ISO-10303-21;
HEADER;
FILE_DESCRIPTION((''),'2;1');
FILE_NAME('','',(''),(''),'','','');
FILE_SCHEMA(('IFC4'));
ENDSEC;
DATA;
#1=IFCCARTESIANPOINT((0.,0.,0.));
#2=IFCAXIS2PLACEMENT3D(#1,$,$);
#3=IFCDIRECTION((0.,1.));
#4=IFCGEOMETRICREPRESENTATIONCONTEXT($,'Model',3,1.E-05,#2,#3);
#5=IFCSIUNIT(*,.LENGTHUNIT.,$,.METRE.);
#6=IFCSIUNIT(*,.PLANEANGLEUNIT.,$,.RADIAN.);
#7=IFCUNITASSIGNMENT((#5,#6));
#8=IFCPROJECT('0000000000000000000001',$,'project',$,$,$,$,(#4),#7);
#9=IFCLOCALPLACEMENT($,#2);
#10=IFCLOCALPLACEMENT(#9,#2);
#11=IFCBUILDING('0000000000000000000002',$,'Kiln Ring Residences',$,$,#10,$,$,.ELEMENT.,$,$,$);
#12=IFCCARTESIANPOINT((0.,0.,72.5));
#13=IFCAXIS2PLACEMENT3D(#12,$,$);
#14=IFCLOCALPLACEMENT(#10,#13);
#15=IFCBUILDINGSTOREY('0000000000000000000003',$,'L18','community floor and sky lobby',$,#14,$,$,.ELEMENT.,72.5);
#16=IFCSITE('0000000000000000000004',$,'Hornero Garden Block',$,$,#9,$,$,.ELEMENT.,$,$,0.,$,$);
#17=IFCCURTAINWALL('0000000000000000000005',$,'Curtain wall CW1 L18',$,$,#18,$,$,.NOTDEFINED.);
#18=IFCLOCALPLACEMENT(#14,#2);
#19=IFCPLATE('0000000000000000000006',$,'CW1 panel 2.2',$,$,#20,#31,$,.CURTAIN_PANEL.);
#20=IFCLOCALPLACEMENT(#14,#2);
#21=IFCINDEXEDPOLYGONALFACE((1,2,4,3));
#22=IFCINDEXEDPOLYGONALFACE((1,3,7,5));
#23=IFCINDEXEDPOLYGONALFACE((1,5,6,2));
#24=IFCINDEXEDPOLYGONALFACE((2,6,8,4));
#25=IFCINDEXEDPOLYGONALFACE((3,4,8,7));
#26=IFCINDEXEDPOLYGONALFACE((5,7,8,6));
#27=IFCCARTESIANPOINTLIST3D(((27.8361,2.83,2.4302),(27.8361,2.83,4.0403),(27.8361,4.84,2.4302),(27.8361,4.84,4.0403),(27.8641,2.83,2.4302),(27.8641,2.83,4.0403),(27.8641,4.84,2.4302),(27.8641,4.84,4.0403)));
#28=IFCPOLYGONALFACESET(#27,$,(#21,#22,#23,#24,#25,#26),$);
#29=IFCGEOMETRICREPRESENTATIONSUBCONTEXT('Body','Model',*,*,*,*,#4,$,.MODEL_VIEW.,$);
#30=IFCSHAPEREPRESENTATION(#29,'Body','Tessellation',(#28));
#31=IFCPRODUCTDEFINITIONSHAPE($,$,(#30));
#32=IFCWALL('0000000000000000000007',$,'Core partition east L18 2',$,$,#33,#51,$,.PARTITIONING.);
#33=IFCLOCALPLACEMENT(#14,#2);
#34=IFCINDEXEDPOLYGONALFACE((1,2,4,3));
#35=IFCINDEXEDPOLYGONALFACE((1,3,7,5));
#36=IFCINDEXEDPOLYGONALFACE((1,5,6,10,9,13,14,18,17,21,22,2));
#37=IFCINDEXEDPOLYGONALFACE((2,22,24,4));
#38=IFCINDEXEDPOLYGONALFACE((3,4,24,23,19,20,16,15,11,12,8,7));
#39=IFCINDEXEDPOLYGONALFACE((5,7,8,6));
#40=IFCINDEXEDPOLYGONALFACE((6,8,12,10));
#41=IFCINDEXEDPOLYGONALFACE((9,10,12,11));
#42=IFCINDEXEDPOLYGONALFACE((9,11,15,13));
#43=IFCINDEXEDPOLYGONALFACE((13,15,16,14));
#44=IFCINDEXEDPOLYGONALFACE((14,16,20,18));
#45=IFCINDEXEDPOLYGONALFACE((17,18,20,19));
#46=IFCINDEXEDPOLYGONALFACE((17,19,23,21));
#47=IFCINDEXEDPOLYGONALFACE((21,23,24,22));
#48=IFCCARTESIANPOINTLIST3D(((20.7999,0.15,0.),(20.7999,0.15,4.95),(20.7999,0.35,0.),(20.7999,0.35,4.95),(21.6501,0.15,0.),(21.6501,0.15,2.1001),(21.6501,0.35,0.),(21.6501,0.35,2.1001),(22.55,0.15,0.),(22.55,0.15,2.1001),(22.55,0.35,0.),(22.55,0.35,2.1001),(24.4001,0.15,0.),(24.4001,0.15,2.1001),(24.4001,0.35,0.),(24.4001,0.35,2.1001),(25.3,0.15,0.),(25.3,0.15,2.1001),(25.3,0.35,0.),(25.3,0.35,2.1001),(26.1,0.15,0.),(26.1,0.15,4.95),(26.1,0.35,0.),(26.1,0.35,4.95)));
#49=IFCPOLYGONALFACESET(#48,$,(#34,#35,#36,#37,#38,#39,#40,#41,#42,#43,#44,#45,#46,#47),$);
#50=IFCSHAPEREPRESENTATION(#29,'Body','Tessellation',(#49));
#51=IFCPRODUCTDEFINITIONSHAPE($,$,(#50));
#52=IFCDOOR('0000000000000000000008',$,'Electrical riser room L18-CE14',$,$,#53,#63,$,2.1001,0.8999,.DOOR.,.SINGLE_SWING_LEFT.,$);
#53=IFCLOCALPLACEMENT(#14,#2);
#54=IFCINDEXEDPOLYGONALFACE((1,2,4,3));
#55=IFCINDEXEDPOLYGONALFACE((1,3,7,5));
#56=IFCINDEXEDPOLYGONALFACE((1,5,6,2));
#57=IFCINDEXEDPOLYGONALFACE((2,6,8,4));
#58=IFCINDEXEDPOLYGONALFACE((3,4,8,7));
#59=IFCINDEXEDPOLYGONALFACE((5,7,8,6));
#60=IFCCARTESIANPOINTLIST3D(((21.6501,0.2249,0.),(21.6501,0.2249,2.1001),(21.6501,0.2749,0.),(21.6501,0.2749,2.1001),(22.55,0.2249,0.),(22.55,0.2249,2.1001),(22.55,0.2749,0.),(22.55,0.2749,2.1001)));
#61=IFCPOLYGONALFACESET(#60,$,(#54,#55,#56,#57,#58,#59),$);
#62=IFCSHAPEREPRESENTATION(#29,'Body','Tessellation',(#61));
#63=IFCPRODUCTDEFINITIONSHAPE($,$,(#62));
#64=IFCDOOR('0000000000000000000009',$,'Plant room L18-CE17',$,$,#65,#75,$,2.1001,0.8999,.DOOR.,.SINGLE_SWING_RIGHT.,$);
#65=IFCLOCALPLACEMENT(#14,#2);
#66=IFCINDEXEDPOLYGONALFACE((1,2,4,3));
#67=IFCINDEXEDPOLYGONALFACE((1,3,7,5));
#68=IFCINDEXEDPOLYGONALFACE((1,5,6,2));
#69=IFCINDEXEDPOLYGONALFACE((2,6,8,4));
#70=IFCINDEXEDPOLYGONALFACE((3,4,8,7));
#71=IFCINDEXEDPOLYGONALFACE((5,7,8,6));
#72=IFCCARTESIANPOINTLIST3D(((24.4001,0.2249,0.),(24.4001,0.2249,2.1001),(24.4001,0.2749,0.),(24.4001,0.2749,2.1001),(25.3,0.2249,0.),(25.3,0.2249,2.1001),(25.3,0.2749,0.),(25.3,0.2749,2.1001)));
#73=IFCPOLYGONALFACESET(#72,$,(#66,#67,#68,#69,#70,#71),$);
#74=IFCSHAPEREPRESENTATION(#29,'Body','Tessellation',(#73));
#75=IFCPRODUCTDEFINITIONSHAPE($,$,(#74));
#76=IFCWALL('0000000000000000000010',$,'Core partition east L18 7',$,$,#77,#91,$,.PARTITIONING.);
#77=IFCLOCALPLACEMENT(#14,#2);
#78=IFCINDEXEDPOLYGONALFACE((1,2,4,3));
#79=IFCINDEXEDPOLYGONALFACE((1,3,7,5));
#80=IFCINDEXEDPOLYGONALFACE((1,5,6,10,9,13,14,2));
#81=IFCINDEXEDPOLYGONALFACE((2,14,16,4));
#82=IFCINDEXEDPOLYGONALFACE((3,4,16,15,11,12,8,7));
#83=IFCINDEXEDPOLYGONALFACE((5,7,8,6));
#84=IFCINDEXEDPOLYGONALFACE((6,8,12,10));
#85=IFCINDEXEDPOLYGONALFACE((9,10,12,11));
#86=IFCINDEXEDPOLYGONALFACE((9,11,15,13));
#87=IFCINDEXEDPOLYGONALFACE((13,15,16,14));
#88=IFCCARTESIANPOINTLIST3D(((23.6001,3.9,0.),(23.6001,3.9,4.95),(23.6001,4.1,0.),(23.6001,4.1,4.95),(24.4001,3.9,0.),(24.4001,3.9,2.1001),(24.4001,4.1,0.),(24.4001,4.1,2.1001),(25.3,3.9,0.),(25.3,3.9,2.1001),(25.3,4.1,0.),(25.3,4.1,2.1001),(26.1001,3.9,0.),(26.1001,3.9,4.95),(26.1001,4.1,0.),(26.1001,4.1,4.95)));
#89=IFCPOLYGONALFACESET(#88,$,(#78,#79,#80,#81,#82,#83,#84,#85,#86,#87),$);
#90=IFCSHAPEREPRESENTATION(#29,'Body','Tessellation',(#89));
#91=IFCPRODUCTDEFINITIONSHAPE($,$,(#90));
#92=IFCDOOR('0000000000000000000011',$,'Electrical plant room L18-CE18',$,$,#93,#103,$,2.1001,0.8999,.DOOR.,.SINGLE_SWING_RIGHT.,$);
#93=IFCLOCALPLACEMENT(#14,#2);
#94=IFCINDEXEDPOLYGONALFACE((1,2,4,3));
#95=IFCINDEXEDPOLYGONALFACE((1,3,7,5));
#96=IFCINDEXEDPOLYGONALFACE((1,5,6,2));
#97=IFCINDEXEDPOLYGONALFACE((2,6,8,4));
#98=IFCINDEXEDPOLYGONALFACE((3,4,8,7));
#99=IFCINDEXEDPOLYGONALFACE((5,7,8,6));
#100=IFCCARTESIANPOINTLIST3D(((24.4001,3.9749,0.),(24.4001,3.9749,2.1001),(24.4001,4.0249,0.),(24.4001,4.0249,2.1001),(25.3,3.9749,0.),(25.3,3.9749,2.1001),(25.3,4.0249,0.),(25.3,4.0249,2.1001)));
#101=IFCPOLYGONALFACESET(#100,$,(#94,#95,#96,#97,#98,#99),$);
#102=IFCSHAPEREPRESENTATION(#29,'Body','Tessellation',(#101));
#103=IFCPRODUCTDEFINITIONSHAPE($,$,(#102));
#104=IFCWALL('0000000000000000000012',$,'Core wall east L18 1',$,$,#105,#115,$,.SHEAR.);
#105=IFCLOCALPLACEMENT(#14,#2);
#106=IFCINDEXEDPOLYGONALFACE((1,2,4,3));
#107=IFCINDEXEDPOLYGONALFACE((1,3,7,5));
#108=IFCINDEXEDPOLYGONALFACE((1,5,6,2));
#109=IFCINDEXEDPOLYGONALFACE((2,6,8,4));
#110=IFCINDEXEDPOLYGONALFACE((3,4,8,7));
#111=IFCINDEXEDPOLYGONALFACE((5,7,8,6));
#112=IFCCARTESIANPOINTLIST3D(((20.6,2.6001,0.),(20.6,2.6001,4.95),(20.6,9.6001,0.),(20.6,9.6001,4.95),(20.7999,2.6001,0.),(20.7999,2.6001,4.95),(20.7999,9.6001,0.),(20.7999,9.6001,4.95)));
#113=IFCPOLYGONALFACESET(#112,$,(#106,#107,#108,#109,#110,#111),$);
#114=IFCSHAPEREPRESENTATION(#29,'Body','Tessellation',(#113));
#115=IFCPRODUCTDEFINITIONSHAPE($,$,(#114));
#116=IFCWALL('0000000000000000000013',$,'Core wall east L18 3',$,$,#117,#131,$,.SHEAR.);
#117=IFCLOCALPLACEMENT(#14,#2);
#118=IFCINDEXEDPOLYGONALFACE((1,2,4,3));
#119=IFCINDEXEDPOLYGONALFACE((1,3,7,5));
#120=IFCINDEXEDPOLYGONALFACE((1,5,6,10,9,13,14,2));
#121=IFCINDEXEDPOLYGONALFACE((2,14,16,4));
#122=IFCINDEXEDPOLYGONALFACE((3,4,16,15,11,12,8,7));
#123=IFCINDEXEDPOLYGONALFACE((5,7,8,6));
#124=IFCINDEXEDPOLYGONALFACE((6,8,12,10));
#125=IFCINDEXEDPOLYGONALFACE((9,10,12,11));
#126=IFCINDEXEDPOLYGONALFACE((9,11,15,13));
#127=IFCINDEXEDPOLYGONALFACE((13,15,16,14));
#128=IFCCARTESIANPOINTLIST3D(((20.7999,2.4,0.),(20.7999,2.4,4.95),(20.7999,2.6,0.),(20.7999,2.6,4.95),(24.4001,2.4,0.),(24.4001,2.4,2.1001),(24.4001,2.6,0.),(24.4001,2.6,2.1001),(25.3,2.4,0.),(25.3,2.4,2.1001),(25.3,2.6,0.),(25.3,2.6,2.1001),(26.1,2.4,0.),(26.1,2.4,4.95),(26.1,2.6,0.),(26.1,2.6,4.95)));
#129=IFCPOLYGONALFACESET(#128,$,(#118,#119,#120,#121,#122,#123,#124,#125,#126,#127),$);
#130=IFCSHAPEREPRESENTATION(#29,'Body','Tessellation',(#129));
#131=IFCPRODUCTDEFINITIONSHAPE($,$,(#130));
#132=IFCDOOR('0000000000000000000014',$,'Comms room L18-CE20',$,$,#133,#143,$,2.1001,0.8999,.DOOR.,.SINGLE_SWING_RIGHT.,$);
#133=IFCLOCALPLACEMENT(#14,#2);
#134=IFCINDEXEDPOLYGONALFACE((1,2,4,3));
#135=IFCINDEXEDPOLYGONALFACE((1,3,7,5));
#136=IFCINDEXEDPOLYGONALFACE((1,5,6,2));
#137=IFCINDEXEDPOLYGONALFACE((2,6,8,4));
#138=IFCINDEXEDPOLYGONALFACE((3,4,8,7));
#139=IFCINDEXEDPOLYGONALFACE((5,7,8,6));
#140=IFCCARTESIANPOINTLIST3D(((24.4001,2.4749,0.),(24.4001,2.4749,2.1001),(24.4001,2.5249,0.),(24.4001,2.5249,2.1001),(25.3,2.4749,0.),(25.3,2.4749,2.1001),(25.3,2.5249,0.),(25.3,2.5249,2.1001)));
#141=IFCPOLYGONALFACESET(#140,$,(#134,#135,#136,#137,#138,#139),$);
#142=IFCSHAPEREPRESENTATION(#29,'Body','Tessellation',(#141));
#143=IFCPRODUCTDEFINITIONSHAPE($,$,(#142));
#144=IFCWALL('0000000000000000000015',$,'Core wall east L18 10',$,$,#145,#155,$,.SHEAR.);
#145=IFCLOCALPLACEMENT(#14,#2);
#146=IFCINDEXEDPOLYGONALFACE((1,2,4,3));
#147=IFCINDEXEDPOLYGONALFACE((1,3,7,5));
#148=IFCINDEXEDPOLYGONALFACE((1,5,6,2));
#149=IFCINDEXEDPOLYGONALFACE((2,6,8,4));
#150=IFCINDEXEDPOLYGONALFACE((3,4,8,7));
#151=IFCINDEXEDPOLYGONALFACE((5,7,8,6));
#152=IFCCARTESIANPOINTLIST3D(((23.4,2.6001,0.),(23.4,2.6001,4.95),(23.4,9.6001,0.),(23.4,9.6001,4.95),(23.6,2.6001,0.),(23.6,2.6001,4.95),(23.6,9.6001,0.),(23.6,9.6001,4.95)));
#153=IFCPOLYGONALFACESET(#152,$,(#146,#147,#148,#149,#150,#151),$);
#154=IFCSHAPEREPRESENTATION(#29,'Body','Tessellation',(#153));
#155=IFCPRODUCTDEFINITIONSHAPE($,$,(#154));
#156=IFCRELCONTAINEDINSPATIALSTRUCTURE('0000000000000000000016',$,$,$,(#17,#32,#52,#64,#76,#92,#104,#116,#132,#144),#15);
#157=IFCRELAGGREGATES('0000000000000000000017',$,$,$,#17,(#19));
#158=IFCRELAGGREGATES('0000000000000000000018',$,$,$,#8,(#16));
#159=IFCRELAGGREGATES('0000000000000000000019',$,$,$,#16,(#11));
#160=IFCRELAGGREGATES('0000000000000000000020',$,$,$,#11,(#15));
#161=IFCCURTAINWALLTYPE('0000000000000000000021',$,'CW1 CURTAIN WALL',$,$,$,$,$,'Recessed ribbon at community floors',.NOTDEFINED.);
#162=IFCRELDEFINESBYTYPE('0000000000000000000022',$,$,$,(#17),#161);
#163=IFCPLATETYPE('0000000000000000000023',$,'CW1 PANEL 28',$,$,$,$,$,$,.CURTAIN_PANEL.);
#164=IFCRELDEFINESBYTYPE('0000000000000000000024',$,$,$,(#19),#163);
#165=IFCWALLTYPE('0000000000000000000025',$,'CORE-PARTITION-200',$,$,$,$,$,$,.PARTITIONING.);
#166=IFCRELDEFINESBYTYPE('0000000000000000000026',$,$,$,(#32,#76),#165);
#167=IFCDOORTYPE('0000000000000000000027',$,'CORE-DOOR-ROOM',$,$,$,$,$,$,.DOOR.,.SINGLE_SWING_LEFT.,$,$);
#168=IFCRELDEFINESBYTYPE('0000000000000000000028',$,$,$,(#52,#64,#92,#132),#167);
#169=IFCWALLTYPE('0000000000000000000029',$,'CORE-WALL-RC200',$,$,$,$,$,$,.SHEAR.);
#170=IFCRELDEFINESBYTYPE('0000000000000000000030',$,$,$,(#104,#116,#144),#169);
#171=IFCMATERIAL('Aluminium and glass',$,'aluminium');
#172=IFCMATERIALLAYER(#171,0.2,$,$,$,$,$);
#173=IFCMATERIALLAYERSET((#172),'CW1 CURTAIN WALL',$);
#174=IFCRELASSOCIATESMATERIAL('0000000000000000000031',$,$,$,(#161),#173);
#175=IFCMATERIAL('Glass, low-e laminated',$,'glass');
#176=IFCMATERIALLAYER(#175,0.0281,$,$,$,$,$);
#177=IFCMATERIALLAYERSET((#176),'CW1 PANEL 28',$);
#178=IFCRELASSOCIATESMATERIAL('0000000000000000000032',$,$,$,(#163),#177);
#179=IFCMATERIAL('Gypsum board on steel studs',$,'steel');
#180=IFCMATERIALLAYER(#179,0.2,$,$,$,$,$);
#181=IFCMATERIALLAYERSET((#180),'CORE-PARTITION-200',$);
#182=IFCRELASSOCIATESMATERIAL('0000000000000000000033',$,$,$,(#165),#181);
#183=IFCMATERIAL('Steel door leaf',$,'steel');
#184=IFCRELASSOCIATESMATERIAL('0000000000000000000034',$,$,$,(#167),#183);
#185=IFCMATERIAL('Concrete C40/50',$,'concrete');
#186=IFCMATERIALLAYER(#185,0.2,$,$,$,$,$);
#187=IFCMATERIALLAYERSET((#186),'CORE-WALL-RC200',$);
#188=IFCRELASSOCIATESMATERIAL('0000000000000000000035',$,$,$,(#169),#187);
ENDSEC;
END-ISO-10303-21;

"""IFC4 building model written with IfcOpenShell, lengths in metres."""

from ifc_helpers import new_model, si_unit, direction, frame, frame_2d, origin, origin_2d, place, context, subcontext, project, spatial, rectangle, extrude, material, layer, layer_set, type_object, element, fill, aggregate, save


model = new_model("IFC4")

# Units and contexts
model_context = context("Model", 3, precision=1e-05, world=origin(), true_north=direction((0.0, 1.0)))
body_context = subcontext(model_context, "Body", "Model", "MODEL_VIEW")
ifc_project = project(units=[si_unit("LENGTHUNIT", "METRE"), si_unit("PLANEANGLEUNIT", "RADIAN")], contexts=[model_context])

# Site, building, storey
site_placement = place(None, origin())
site = spatial("IfcSite", under=ifc_project, at=site_placement, Name="Hornero Garden Block", CompositionType="ELEMENT", RefElevation=0.0)
building_placement = place(site_placement, origin())
building = spatial("IfcBuilding", under=site, at=building_placement, Name="Kiln Ring Residences", CompositionType="ELEMENT")
storey_placement = place(building_placement, frame((0.0, 0.0, 72.5)))
storey = spatial("IfcBuildingStorey", under=building, at=storey_placement, Name="L18", Description="community floor and sky lobby", CompositionType="ELEMENT", Elevation=72.5)

# Curtain wall
ifc_material_1 = material(Name="Aluminium and glass", Category="aluminium")
ifc_layer_1 = layer(ifc_material_1, 0.2)
ifc_layer_set_1 = layer_set([ifc_layer_1], Name="CW1 CURTAIN WALL")
curtain_wall_type = type_object("IfcCurtainWallType", Name="CW1 CURTAIN WALL", ElementType="Recessed ribbon at community floors", PredefinedType="NOTDEFINED", material=ifc_layer_set_1)
placement = place(storey_placement, origin())
curtain_wall = element("IfcCurtainWall", 1, at=placement, inside=storey, type_object=curtain_wall_type, Name="Curtain wall CW1 L18", PredefinedType="NOTDEFINED")

# Plate
ifc_material_2 = material(Name="Glass, low-e laminated", Category="glass")
ifc_layer_2 = layer(ifc_material_2, 0.0281)
ifc_layer_set_2 = layer_set([ifc_layer_2], Name="CW1 PANEL 28")
plate_type = type_object("IfcPlateType", Name="CW1 PANEL 28", PredefinedType="CURTAIN_PANEL", material=ifc_layer_set_2)
plate_1_placement = place(storey_placement, frame((27.8501, 3.835, 2.4302), z_axis=(0.0, 0.0, 1.0), x_axis=(0.0, 1.0, 0.0)))
plate_1 = element("IfcPlate", 2, at=plate_1_placement, type_object=plate_type, Name="CW1 panel 2.2", PredefinedType="CURTAIN_PANEL", context=body_context, shape_type="SweptSolid", body=[
    extrude(rectangle(XDim=2.01, YDim=0.0281, at=origin_2d()), origin(), (0.0, 0.0, 1.0), 1.6101),
])
aggregate(curtain_wall, [plate_1])

# Wall, openings, doors
ifc_material_3 = material(Name="Gypsum board on steel studs", Category="steel")
ifc_layer_3 = layer(ifc_material_3, 0.2)
ifc_layer_set_3 = layer_set([ifc_layer_3], Name="CORE-PARTITION-200")
wall_type_1 = type_object("IfcWallType", Name="CORE-PARTITION-200", PredefinedType="PARTITIONING", material=ifc_layer_set_3)
wall_1_placement = place(storey_placement, frame((20.8, 0.25, 0.0), z_axis=(0.0, 0.0, 1.0), x_axis=(1.0, 0.0, 0.0)))
wall_1 = element("IfcWall", 3, at=wall_1_placement, inside=storey, type_object=wall_type_1, Name="Core partition east L18 2", PredefinedType="PARTITIONING", context=body_context, shape_type="SweptSolid", body=[
    extrude(rectangle(XDim=5.3, YDim=0.2, at=frame_2d((2.6499, 0.0))), origin(), (0.0, 0.0, 1.0), 4.95),
])
opening_1_placement = place(wall_1_placement, frame((0.8501, 0.0, 0.0)))
opening_1 = element("IfcOpeningElement", 4, at=opening_1_placement, cuts=wall_1, PredefinedType="OPENING", context=body_context, shape_type="SweptSolid", body=[
    extrude(rectangle(XDim=0.8999, YDim=2.1001, at=frame_2d((0.45, 1.05))), frame((0.0, 0.1099, 0.0), z_axis=(0.0, -1.0, 0.0), x_axis=(1.0, 0.0, 0.0)), (0.0, 0.0, 1.0), 0.22),
])
opening_2_placement = place(wall_1_placement, frame((3.6001, 0.0, 0.0)))
opening_2 = element("IfcOpeningElement", 5, at=opening_2_placement, cuts=wall_1, PredefinedType="OPENING", context=body_context, shape_type="SweptSolid", body=[
    extrude(rectangle(XDim=0.8999, YDim=2.1001, at=frame_2d((0.45, 1.05))), frame((0.0, 0.1099, 0.0), z_axis=(0.0, -1.0, 0.0), x_axis=(1.0, 0.0, 0.0)), (0.0, 0.0, 1.0), 0.22),
])
ifc_material_4 = material(Name="Steel door leaf", Category="steel")
door_type = type_object("IfcDoorType", Name="CORE-DOOR-ROOM", OperationType="SINGLE_SWING_LEFT", PredefinedType="DOOR", material=ifc_material_4)
door_1_placement = place(opening_1_placement, origin())
door_1 = element("IfcDoor", 6, at=door_1_placement, inside=storey, type_object=door_type, Name="Electrical riser room L18-CE14", OperationType="SINGLE_SWING_LEFT", OverallHeight=2.1001, OverallWidth=0.8999, PredefinedType="DOOR", context=body_context, shape_type="SweptSolid", body=[
    extrude(rectangle(XDim=0.8999, YDim=2.1001, at=frame_2d((0.45, 1.05))), frame((0.0, 0.0249, 0.0), z_axis=(0.0, -1.0, 0.0), x_axis=(1.0, 0.0, 0.0)), (0.0, 0.0, 1.0), 0.05),
])
fill(opening_1, door_1)
door_2_placement = place(opening_2_placement, origin())
door_2 = element("IfcDoor", 7, at=door_2_placement, inside=storey, type_object=door_type, Name="Plant room L18-CE17", OperationType="SINGLE_SWING_RIGHT", OverallHeight=2.1001, OverallWidth=0.8999, PredefinedType="DOOR", context=body_context, shape_type="SweptSolid", body=[
    extrude(rectangle(XDim=0.8999, YDim=2.1001, at=frame_2d((0.45, 1.05))), frame((0.0, 0.0249, 0.0), z_axis=(0.0, -1.0, 0.0), x_axis=(1.0, 0.0, 0.0)), (0.0, 0.0, 1.0), 0.05),
])
fill(opening_2, door_2)

# Wall, opening, door
wall_2_placement = place(storey_placement, frame((23.6001, 4.0, 0.0), z_axis=(0.0, 0.0, 1.0), x_axis=(1.0, 0.0, 0.0)))
wall_2 = element("IfcWall", 8, at=wall_2_placement, inside=storey, type_object=wall_type_1, Name="Core partition east L18 7", PredefinedType="PARTITIONING", context=body_context, shape_type="SweptSolid", body=[
    extrude(rectangle(XDim=2.5, YDim=0.2, at=frame_2d((1.25, 0.0))), origin(), (0.0, 0.0, 1.0), 4.95),
])
opening_3_placement = place(wall_2_placement, frame((0.8, 0.0, 0.0)))
opening_3 = element("IfcOpeningElement", 9, at=opening_3_placement, cuts=wall_2, PredefinedType="OPENING", context=body_context, shape_type="SweptSolid", body=[
    extrude(rectangle(XDim=0.8999, YDim=2.1001, at=frame_2d((0.45, 1.05))), frame((0.0, 0.1099, 0.0), z_axis=(0.0, -1.0, 0.0), x_axis=(1.0, 0.0, 0.0)), (0.0, 0.0, 1.0), 0.22),
])
door_3_placement = place(opening_3_placement, origin())
door_3 = element("IfcDoor", 10, at=door_3_placement, inside=storey, type_object=door_type, Name="Electrical plant room L18-CE18", OperationType="SINGLE_SWING_RIGHT", OverallHeight=2.1001, OverallWidth=0.8999, PredefinedType="DOOR", context=body_context, shape_type="SweptSolid", body=[
    extrude(rectangle(XDim=0.8999, YDim=2.1001, at=frame_2d((0.45, 1.05))), frame((0.0, 0.0249, 0.0), z_axis=(0.0, -1.0, 0.0), x_axis=(1.0, 0.0, 0.0)), (0.0, 0.0, 1.0), 0.05),
])
fill(opening_3, door_3)

# Wall
ifc_material_5 = material(Name="Concrete C40/50", Category="concrete")
ifc_layer_4 = layer(ifc_material_5, 0.2)
ifc_layer_set_4 = layer_set([ifc_layer_4], Name="CORE-WALL-RC200")
wall_type_2 = type_object("IfcWallType", Name="CORE-WALL-RC200", PredefinedType="SHEAR", material=ifc_layer_set_4)
wall_3_placement = place(storey_placement, frame((20.7, 2.6001, 0.0), z_axis=(0.0, 0.0, 1.0), x_axis=(0.0, 1.0, 0.0)))
element("IfcWall", 11, at=wall_3_placement, inside=storey, type_object=wall_type_2, Name="Core wall east L18 1", PredefinedType="SHEAR", context=body_context, shape_type="SweptSolid", body=[
    extrude(rectangle(XDim=7.0, YDim=0.2, at=frame_2d((3.5, 0.0))), origin(), (0.0, 0.0, 1.0), 4.95),
])

# Wall, opening, door
wall_4_placement = place(storey_placement, frame((20.8, 2.5, 0.0), z_axis=(0.0, 0.0, 1.0), x_axis=(1.0, 0.0, 0.0)))
wall_4 = element("IfcWall", 12, at=wall_4_placement, inside=storey, type_object=wall_type_2, Name="Core wall east L18 3", PredefinedType="SHEAR", context=body_context, shape_type="SweptSolid", body=[
    extrude(rectangle(XDim=5.3, YDim=0.2, at=frame_2d((2.6499, 0.0))), origin(), (0.0, 0.0, 1.0), 4.95),
])
opening_4_placement = place(wall_4_placement, frame((3.6001, 0.0, 0.0)))
opening_4 = element("IfcOpeningElement", 13, at=opening_4_placement, cuts=wall_4, PredefinedType="OPENING", context=body_context, shape_type="SweptSolid", body=[
    extrude(rectangle(XDim=0.8999, YDim=2.1001, at=frame_2d((0.45, 1.05))), frame((0.0, 0.1099, 0.0), z_axis=(0.0, -1.0, 0.0), x_axis=(1.0, 0.0, 0.0)), (0.0, 0.0, 1.0), 0.22),
])
door_4_placement = place(opening_4_placement, origin())
door_4 = element("IfcDoor", 14, at=door_4_placement, inside=storey, type_object=door_type, Name="Comms room L18-CE20", OperationType="SINGLE_SWING_RIGHT", OverallHeight=2.1001, OverallWidth=0.8999, PredefinedType="DOOR", context=body_context, shape_type="SweptSolid", body=[
    extrude(rectangle(XDim=0.8999, YDim=2.1001, at=frame_2d((0.45, 1.05))), frame((0.0, 0.0249, 0.0), z_axis=(0.0, -1.0, 0.0), x_axis=(1.0, 0.0, 0.0)), (0.0, 0.0, 1.0), 0.05),
])
fill(opening_4, door_4)

# Wall
wall_5_placement = place(storey_placement, frame((23.5, 2.6001, 0.0), z_axis=(0.0, 0.0, 1.0), x_axis=(0.0, 1.0, 0.0)))
element("IfcWall", 15, at=wall_5_placement, inside=storey, type_object=wall_type_2, Name="Core wall east L18 10", PredefinedType="SHEAR", context=body_context, shape_type="SweptSolid", body=[
    extrude(rectangle(XDim=7.0, YDim=0.2, at=frame_2d((3.5, 0.0))), origin(), (0.0, 0.0, 1.0), 4.95),
])

save(model, "model.ifc")
